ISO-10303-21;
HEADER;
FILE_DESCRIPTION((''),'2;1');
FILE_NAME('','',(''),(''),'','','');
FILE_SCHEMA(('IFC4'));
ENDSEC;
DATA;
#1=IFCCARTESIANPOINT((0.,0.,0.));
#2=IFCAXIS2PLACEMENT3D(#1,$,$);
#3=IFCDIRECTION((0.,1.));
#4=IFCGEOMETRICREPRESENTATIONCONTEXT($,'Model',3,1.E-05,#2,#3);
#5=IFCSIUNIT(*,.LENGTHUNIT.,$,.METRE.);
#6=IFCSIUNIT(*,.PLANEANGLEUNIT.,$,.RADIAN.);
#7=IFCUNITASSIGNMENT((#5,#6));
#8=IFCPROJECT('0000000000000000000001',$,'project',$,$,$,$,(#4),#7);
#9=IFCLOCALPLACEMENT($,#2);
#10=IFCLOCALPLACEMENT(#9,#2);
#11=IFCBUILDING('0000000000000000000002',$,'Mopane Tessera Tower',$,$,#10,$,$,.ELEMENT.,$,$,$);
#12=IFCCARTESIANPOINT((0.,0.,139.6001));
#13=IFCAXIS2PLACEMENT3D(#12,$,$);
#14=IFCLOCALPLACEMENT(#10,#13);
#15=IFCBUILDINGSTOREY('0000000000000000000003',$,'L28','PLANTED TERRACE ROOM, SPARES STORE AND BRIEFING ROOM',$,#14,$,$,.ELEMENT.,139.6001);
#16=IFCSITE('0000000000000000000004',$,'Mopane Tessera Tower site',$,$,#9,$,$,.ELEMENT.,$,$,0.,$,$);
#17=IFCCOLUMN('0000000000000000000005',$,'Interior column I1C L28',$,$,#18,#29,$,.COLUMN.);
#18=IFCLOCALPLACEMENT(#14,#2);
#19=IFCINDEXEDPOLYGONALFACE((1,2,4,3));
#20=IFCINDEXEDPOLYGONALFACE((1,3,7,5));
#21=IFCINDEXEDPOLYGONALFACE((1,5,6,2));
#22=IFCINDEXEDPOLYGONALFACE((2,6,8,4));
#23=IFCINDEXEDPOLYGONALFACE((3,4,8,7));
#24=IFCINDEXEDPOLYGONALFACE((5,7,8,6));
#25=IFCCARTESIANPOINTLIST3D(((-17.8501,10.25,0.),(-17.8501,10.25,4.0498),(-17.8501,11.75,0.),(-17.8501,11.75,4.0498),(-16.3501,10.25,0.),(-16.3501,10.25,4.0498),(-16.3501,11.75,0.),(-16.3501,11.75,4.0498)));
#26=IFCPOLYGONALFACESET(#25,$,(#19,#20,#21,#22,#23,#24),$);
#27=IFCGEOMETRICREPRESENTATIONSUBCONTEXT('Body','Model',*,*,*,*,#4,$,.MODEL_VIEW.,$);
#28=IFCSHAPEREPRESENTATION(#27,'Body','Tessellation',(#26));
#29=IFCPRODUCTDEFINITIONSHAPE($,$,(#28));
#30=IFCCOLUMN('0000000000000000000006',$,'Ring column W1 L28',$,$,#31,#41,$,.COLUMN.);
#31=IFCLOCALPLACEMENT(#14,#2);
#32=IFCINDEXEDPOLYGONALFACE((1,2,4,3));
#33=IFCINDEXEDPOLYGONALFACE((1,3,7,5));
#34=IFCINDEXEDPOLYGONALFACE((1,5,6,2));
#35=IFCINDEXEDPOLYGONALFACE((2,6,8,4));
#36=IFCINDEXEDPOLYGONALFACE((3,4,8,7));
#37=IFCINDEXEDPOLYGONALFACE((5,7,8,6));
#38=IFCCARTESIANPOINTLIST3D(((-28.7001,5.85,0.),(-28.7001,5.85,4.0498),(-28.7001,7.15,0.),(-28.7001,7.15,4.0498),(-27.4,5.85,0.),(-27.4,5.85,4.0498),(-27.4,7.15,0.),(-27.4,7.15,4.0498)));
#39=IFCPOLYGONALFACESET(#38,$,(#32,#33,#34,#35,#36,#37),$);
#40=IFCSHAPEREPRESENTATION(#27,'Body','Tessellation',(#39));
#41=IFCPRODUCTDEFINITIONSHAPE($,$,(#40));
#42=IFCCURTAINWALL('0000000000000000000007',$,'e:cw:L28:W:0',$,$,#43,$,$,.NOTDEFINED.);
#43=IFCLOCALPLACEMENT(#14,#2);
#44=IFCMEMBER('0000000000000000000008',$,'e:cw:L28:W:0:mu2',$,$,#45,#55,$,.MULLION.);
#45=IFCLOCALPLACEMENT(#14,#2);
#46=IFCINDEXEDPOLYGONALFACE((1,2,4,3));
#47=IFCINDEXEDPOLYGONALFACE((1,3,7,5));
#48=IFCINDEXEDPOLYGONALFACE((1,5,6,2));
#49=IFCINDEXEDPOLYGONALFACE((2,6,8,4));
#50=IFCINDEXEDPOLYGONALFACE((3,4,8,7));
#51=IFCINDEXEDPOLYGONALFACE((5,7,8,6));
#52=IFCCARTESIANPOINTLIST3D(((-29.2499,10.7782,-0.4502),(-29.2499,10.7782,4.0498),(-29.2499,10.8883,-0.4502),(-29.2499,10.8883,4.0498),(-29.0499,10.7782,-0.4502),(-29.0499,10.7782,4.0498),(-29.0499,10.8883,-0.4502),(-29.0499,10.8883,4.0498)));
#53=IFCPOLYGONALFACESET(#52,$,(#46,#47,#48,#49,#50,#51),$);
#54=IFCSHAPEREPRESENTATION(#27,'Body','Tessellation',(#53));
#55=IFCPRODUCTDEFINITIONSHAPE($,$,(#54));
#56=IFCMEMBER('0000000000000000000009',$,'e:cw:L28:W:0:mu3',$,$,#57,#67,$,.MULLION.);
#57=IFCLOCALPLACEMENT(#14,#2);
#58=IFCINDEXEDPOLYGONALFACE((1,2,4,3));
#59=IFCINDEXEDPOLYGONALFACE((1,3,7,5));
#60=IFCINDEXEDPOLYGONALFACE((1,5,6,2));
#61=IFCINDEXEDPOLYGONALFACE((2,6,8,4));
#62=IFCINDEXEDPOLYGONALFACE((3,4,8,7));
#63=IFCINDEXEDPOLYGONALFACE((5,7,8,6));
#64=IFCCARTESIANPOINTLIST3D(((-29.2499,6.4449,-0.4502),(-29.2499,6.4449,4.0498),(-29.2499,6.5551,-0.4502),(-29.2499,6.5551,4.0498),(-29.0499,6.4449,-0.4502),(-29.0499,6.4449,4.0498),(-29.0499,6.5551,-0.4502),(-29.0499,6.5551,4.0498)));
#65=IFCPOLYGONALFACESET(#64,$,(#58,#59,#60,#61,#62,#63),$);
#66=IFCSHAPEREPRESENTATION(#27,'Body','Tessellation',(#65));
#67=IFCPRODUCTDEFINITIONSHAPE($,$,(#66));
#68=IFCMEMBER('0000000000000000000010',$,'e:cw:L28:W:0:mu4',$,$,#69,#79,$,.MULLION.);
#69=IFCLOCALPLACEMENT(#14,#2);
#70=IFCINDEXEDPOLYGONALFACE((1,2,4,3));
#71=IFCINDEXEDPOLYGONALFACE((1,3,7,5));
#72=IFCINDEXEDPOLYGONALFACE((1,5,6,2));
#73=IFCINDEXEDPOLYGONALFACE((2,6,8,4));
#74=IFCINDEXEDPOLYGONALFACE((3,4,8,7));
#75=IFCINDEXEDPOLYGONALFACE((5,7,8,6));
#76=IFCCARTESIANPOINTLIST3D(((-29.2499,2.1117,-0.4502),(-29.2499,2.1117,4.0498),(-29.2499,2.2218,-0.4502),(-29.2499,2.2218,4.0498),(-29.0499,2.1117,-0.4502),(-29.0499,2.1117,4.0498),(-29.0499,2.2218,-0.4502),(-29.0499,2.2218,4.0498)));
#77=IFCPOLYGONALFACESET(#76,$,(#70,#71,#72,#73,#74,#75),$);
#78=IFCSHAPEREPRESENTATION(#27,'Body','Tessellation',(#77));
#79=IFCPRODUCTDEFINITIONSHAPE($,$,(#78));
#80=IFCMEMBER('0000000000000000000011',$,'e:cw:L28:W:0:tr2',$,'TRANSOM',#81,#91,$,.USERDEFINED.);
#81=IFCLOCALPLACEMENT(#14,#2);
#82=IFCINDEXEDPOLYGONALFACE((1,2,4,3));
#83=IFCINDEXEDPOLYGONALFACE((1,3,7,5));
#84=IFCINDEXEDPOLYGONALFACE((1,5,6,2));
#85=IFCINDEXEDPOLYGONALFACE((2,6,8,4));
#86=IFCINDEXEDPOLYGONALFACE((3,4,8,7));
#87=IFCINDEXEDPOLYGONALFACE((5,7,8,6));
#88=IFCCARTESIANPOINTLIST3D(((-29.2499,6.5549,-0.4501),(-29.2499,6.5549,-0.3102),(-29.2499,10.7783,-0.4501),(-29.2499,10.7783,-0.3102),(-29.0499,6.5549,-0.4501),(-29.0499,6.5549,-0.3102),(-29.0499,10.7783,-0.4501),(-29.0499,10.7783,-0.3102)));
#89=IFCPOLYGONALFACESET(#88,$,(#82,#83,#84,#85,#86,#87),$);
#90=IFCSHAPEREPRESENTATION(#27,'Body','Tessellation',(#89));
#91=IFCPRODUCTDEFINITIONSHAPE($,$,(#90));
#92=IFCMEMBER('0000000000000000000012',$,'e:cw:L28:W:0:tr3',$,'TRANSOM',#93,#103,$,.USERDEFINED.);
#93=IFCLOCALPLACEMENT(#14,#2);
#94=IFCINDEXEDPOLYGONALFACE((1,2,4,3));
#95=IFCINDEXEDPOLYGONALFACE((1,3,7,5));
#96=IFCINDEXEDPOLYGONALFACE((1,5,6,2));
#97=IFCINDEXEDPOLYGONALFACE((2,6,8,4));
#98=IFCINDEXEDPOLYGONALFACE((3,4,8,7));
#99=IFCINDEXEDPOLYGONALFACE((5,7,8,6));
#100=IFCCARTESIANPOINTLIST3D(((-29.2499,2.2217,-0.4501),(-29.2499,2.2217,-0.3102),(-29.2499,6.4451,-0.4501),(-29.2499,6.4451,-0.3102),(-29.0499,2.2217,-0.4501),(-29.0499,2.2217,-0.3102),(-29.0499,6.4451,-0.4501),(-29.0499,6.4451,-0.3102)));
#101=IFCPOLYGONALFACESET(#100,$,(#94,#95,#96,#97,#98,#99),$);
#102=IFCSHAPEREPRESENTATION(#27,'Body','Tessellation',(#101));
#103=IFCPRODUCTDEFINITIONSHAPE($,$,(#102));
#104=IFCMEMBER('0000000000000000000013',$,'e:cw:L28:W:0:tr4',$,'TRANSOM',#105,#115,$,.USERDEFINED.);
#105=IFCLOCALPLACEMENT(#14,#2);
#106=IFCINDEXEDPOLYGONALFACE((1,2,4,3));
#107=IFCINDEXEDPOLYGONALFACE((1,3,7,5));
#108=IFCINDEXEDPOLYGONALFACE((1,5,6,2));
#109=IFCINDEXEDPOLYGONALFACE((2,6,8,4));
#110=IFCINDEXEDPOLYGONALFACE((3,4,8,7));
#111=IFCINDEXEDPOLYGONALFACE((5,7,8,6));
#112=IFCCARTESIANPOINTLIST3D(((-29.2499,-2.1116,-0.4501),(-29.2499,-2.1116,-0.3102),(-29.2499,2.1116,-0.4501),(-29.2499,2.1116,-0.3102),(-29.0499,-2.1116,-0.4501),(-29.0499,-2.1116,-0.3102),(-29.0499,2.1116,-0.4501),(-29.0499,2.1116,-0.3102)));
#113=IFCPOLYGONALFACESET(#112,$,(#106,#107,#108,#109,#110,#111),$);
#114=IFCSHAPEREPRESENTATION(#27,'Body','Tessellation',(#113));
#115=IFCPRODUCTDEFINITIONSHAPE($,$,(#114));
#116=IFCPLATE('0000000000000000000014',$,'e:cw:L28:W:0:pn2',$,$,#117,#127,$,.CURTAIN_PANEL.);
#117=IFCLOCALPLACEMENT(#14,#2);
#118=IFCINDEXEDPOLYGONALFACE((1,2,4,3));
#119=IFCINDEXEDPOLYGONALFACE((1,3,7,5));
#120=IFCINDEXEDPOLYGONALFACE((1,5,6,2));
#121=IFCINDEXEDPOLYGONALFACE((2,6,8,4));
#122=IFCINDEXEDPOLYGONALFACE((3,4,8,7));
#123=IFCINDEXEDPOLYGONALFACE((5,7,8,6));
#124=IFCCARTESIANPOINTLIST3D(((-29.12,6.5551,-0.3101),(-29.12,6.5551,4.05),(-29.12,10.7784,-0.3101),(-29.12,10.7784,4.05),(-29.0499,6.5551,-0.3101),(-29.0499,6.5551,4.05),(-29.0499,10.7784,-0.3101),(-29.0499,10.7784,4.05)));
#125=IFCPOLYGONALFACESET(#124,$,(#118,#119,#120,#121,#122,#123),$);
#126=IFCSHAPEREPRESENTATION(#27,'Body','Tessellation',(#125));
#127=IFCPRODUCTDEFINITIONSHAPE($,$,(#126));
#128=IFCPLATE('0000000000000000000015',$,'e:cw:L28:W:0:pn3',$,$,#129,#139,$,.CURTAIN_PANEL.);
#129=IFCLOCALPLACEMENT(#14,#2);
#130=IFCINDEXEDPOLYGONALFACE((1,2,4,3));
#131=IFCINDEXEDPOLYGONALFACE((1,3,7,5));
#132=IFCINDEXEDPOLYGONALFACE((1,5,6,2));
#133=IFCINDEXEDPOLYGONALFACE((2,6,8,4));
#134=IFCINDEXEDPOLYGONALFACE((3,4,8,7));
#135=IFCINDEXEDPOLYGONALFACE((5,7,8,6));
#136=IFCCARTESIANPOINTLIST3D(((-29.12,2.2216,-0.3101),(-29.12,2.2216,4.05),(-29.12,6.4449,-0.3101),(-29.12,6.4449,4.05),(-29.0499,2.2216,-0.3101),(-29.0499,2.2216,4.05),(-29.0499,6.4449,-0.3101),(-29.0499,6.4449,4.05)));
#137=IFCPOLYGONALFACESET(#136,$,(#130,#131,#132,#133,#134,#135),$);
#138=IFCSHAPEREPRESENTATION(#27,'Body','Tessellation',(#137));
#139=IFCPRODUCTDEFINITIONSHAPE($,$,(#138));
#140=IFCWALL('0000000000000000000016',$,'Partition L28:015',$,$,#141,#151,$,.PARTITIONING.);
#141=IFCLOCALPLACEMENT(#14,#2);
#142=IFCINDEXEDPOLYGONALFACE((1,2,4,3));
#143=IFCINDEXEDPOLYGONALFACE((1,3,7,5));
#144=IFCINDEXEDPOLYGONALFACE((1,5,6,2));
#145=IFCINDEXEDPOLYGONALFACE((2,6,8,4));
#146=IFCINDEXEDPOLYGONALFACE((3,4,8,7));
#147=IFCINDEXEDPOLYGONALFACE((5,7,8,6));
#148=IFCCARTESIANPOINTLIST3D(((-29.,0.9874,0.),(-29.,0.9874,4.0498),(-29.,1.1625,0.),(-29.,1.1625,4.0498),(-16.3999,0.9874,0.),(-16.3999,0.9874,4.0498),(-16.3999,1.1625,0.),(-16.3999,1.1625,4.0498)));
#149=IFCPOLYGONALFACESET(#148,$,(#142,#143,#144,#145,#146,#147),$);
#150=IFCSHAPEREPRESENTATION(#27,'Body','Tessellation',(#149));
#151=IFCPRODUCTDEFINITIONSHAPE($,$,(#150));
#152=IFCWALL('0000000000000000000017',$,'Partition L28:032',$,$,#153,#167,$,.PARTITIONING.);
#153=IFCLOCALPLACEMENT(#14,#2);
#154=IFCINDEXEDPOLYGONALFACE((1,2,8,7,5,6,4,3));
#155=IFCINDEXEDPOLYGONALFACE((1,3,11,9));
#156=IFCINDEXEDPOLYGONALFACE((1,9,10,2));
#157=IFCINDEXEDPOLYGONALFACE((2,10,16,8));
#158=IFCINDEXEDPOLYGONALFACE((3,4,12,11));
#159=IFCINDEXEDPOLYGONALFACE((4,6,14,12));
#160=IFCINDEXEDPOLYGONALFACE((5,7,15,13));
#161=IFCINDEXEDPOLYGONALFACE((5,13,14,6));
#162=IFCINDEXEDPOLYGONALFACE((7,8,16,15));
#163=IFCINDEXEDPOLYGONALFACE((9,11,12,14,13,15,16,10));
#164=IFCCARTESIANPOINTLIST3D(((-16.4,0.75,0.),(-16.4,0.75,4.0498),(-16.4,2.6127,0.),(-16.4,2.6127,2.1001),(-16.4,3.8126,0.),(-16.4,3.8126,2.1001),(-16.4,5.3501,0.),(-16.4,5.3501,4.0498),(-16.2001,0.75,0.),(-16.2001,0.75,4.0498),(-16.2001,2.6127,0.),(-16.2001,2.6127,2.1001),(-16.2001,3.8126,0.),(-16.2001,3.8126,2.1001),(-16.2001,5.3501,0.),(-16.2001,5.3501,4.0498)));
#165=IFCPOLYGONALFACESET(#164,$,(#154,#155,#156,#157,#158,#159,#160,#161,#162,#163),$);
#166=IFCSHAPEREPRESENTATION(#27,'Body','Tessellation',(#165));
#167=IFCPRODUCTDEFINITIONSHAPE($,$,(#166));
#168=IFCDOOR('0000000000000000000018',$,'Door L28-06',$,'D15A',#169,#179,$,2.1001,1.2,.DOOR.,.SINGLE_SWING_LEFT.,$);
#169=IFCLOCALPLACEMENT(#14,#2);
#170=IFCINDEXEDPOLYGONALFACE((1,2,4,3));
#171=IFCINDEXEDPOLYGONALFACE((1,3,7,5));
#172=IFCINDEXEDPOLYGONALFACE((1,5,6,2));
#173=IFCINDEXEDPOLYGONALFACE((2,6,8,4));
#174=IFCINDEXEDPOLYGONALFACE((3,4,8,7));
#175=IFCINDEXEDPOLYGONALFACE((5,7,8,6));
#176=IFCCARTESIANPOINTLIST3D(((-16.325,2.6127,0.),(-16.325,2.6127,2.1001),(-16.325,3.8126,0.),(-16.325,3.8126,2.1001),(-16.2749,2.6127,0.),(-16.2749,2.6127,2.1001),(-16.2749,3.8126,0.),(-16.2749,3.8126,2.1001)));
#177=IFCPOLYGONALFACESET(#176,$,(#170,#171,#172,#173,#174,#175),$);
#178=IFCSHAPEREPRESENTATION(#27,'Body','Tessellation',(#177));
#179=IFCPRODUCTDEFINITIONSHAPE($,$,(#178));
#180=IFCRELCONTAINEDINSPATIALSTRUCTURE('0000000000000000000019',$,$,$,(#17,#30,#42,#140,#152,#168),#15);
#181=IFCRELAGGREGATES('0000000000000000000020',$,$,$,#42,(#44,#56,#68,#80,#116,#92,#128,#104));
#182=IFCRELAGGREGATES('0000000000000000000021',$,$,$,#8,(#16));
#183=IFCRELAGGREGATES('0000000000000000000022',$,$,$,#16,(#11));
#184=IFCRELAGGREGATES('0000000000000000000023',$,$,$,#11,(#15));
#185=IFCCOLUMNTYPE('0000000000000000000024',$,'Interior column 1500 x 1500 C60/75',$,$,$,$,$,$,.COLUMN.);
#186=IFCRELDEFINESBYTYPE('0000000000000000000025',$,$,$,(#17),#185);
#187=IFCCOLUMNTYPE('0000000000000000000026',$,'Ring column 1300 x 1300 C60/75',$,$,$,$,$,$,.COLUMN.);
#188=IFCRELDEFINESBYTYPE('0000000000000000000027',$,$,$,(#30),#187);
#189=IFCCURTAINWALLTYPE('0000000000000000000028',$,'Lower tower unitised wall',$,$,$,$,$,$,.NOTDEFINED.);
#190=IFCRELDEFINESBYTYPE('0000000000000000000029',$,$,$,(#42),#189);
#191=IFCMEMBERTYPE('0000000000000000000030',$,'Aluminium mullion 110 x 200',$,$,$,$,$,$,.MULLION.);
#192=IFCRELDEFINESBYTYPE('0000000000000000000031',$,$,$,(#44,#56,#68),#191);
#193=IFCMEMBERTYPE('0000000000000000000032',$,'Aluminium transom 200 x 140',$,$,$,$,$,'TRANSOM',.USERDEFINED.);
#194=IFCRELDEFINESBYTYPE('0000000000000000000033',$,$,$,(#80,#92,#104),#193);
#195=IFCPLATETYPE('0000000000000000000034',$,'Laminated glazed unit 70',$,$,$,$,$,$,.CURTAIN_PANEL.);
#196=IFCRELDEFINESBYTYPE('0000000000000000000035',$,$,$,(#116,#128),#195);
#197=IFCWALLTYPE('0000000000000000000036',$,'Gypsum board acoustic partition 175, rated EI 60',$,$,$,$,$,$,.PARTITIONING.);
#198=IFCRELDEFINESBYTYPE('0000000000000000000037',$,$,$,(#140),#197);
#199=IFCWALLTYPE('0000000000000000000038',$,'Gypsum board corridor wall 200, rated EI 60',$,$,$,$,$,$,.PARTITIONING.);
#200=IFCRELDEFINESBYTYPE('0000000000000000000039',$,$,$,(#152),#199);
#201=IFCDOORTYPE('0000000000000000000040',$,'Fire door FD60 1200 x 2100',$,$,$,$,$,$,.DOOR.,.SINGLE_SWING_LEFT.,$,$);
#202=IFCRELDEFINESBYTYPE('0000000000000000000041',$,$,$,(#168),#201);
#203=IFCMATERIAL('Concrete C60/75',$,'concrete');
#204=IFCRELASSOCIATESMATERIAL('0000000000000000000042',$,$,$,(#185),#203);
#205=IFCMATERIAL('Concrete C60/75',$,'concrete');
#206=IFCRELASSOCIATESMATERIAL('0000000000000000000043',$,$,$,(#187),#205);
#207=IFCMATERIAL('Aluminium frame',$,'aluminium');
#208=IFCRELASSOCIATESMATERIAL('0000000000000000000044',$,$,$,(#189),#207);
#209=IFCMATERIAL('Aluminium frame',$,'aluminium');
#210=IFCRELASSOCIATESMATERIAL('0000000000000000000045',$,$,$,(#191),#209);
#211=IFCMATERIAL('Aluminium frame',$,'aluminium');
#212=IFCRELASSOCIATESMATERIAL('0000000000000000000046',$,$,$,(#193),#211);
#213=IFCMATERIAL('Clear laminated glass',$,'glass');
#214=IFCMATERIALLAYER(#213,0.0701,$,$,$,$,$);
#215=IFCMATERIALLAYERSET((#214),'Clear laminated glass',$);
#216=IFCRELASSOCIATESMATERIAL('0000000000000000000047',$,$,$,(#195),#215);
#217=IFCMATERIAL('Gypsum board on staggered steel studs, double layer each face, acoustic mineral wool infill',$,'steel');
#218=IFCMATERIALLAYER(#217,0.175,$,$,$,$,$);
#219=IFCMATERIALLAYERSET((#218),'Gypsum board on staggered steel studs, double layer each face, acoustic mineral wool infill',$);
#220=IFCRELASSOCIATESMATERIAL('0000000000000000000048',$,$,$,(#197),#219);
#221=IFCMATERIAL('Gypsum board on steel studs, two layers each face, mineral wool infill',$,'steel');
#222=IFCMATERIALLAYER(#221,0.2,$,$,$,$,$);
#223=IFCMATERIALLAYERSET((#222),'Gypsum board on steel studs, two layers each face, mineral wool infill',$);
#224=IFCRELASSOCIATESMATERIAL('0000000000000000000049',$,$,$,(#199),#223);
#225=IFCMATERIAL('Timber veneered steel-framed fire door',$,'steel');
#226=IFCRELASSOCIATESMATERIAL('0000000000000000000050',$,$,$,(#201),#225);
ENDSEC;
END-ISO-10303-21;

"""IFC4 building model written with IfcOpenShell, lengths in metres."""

from ifc_helpers import new_model, si_unit, direction, frame, frame_2d, origin, origin_2d, place, context, subcontext, project, spatial, rectangle, extrude, material, layer, layer_set, material_profile, profile_set, type_object, element, fill, aggregate, save


model = new_model("IFC4")

# Units and contexts
model_context = context("Model", 3, precision=1e-05, world=origin(), true_north=direction((0.0, 1.0)))
body_context = subcontext(model_context, "Body", "Model", "MODEL_VIEW")
ifc_project = project(units=[si_unit("LENGTHUNIT", "METRE"), si_unit("PLANEANGLEUNIT", "RADIAN")], contexts=[model_context])

# Site, building, storey
site_placement = place(None, origin())
site = spatial("IfcSite", under=ifc_project, at=site_placement, Name="Mopane Tessera Tower site", CompositionType="ELEMENT", RefElevation=0.0)
building_placement = place(site_placement, origin())
building = spatial("IfcBuilding", under=site, at=building_placement, Name="Mopane Tessera Tower", CompositionType="ELEMENT")
storey_placement = place(building_placement, frame((0.0, 0.0, 139.6001)))
storey = spatial("IfcBuildingStorey", under=building, at=storey_placement, Name="L28", Description="PLANTED TERRACE ROOM, SPARES STORE AND BRIEFING ROOM", CompositionType="ELEMENT", Elevation=139.6001)

# Columns
ifc_material_1 = material(Name="Concrete C60/75", Category="concrete")
ifc_material_profile_1 = material_profile(ifc_material_1, rectangle(XDim=1.5, YDim=1.5, at=origin_2d()))
ifc_profile_set_1 = profile_set([ifc_material_profile_1], Name="Concrete C60/75")
column_type_1 = type_object("IfcColumnType", Name="Interior column 1500 x 1500 C60/75", PredefinedType="COLUMN", material=ifc_profile_set_1)
column_1_placement = place(storey_placement, frame((-17.1001, 11.0, 0.0), z_axis=(0.0, 0.0, 1.0), x_axis=(1.0, 0.0, 0.0)))
element("IfcColumn", 1, at=column_1_placement, inside=storey, type_object=column_type_1, Name="Interior column I1C L28", PredefinedType="COLUMN", context=body_context, shape_type="SweptSolid", body=[
    extrude(rectangle(XDim=1.5, YDim=1.5, at=origin_2d()), origin(), (0.0, 0.0, 1.0), 4.0498),
])
ifc_material_2 = material(Name="Concrete C60/75", Category="concrete")
ifc_material_profile_2 = material_profile(ifc_material_2, rectangle(XDim=1.3, YDim=1.3, at=origin_2d()))
ifc_profile_set_2 = profile_set([ifc_material_profile_2], Name="Concrete C60/75")
column_type_2 = type_object("IfcColumnType", Name="Ring column 1300 x 1300 C60/75", PredefinedType="COLUMN", material=ifc_profile_set_2)
column_2_placement = place(storey_placement, frame((-28.05, 6.5, 0.0), z_axis=(0.0, 0.0, 1.0), x_axis=(1.0, 0.0, 0.0)))
element("IfcColumn", 2, at=column_2_placement, inside=storey, type_object=column_type_2, Name="Ring column W1 L28", PredefinedType="COLUMN", context=body_context, shape_type="SweptSolid", body=[
    extrude(rectangle(XDim=1.3, YDim=1.3, at=origin_2d()), origin(), (0.0, 0.0, 1.0), 4.0498),
])

# Curtain wall, members, plates
ifc_material_3 = material(Name="Aluminium frame", Category="aluminium")
curtain_wall_type = type_object("IfcCurtainWallType", Name="Lower tower unitised wall", PredefinedType="NOTDEFINED", material=ifc_material_3)
curtain_wall_placement = place(storey_placement, origin())
curtain_wall = element("IfcCurtainWall", 3, at=curtain_wall_placement, inside=storey, type_object=curtain_wall_type, Name="e:cw:L28:W:0", PredefinedType="NOTDEFINED")
ifc_material_4 = material(Name="Aluminium frame", Category="aluminium")
ifc_material_profile_3 = material_profile(ifc_material_4, rectangle(XDim=0.1101, YDim=0.2, at=origin_2d()))
ifc_profile_set_3 = profile_set([ifc_material_profile_3], Name="Aluminium frame")
member_type_1 = type_object("IfcMemberType", Name="Aluminium mullion 110 x 200", PredefinedType="MULLION", material=ifc_profile_set_3)
member_1_placement = place(storey_placement, frame((-29.1499, 10.8333, -0.4502), z_axis=(0.0, 0.0, 1.0), x_axis=(0.0, -1.0, 0.0)))
member_1 = element("IfcMember", 4, at=member_1_placement, type_object=member_type_1, Name="e:cw:L28:W:0:mu2", PredefinedType="MULLION", context=body_context, shape_type="SweptSolid", body=[
    extrude(rectangle(XDim=0.1101, YDim=0.2, at=origin_2d()), origin(), (0.0, 0.0, 1.0), 4.5),
])
member_2_placement = place(storey_placement, frame((-29.1499, 6.5, -0.4502), z_axis=(0.0, 0.0, 1.0), x_axis=(0.0, -1.0, 0.0)))
member_2 = element("IfcMember", 5, at=member_2_placement, type_object=member_type_1, Name="e:cw:L28:W:0:mu3", PredefinedType="MULLION", context=body_context, shape_type="SweptSolid", body=[
    extrude(rectangle(XDim=0.1101, YDim=0.2, at=origin_2d()), origin(), (0.0, 0.0, 1.0), 4.5),
])
member_3_placement = place(storey_placement, frame((-29.1499, 2.1667, -0.4502), z_axis=(0.0, 0.0, 1.0), x_axis=(0.0, -1.0, 0.0)))
member_3 = element("IfcMember", 6, at=member_3_placement, type_object=member_type_1, Name="e:cw:L28:W:0:mu4", PredefinedType="MULLION", context=body_context, shape_type="SweptSolid", body=[
    extrude(rectangle(XDim=0.1101, YDim=0.2, at=origin_2d()), origin(), (0.0, 0.0, 1.0), 4.5),
])
ifc_material_5 = material(Name="Aluminium frame", Category="aluminium")
ifc_material_profile_4 = material_profile(ifc_material_5, rectangle(XDim=0.2, YDim=0.1399, at=origin_2d()))
ifc_profile_set_4 = profile_set([ifc_material_profile_4], Name="Aluminium frame")
member_type_2 = type_object("IfcMemberType", Name="Aluminium transom 200 x 140", ElementType="TRANSOM", PredefinedType="USERDEFINED", material=ifc_profile_set_4)
member_4_placement = place(storey_placement, frame((-29.1499, 10.7783, -0.3801), z_axis=(0.0, -1.0, 0.0), x_axis=(1.0, 0.0, 0.0)))
member_4 = element("IfcMember", 7, at=member_4_placement, type_object=member_type_2, Name="e:cw:L28:W:0:tr2", ObjectType="TRANSOM", PredefinedType="USERDEFINED", context=body_context, shape_type="SweptSolid", body=[
    extrude(rectangle(XDim=0.2, YDim=0.1399, at=origin_2d()), origin(), (0.0, 0.0, 1.0), 4.2234),
])
member_5_placement = place(storey_placement, frame((-29.1499, 6.4451, -0.3801), z_axis=(0.0, -1.0, 0.0), x_axis=(1.0, 0.0, 0.0)))
member_5 = element("IfcMember", 8, at=member_5_placement, type_object=member_type_2, Name="e:cw:L28:W:0:tr3", ObjectType="TRANSOM", PredefinedType="USERDEFINED", context=body_context, shape_type="SweptSolid", body=[
    extrude(rectangle(XDim=0.2, YDim=0.1399, at=origin_2d()), origin(), (0.0, 0.0, 1.0), 4.2234),
])
member_6_placement = place(storey_placement, frame((-29.1499, 2.1116, -0.3801), z_axis=(0.0, -1.0, 0.0), x_axis=(1.0, 0.0, 0.0)))
member_6 = element("IfcMember", 9, at=member_6_placement, type_object=member_type_2, Name="e:cw:L28:W:0:tr4", ObjectType="TRANSOM", PredefinedType="USERDEFINED", context=body_context, shape_type="SweptSolid", body=[
    extrude(rectangle(XDim=0.2, YDim=0.1399, at=origin_2d()), origin(), (0.0, 0.0, 1.0), 4.2231),
])
ifc_material_6 = material(Name="Clear laminated glass", Category="glass")
ifc_layer_1 = layer(ifc_material_6, 0.0701)
ifc_layer_set_1 = layer_set([ifc_layer_1], Name="Clear laminated glass")
plate_type = type_object("IfcPlateType", Name="Laminated glazed unit 70", PredefinedType="CURTAIN_PANEL", material=ifc_layer_set_1)
plate_1_placement = place(storey_placement, frame((-29.085, 8.6667, -0.3101), z_axis=(0.0, 0.0, 1.0), x_axis=(0.0, -1.0, 0.0)))
plate_1 = element("IfcPlate", 10, at=plate_1_placement, type_object=plate_type, Name="e:cw:L28:W:0:pn2", PredefinedType="CURTAIN_PANEL", context=body_context, shape_type="SweptSolid", body=[
    extrude(rectangle(XDim=4.2234, YDim=0.0701, at=origin_2d()), origin(), (0.0, 0.0, 1.0), 4.3601),
])
plate_2_placement = place(storey_placement, frame((-29.085, 4.3333, -0.3101), z_axis=(0.0, 0.0, 1.0), x_axis=(0.0, -1.0, 0.0)))
plate_2 = element("IfcPlate", 11, at=plate_2_placement, type_object=plate_type, Name="e:cw:L28:W:0:pn3", PredefinedType="CURTAIN_PANEL", context=body_context, shape_type="SweptSolid", body=[
    extrude(rectangle(XDim=4.2234, YDim=0.0701, at=origin_2d()), origin(), (0.0, 0.0, 1.0), 4.3601),
])
aggregate(curtain_wall, [member_1, member_2, member_3, member_4, plate_1, member_5, plate_2, member_6])

# Wall
ifc_material_7 = material(Name="Gypsum board on staggered steel studs, double layer each face, acoustic mineral wool infill", Category="steel")
ifc_layer_2 = layer(ifc_material_7, 0.175)
ifc_layer_set_2 = layer_set([ifc_layer_2], Name="Gypsum board on staggered steel studs, double layer each face, acoustic mineral wool infill")
wall_type_1 = type_object("IfcWallType", Name="Gypsum board acoustic partition 175, rated EI 60", PredefinedType="PARTITIONING", material=ifc_layer_set_2)
wall_1_placement = place(storey_placement, frame((-29.0, 1.075, 0.0), z_axis=(0.0, 0.0, 1.0), x_axis=(1.0, 0.0, 0.0)))
element("IfcWall", 12, at=wall_1_placement, inside=storey, type_object=wall_type_1, Name="Partition L28:015", PredefinedType="PARTITIONING", context=body_context, shape_type="SweptSolid", body=[
    extrude(rectangle(XDim=12.6001, YDim=0.175, at=frame_2d((6.3, 0.0))), origin(), (0.0, 0.0, 1.0), 4.0498),
])

# Wall, opening, door
ifc_material_8 = material(Name="Gypsum board on steel studs, two layers each face, mineral wool infill", Category="steel")
ifc_layer_3 = layer(ifc_material_8, 0.2)
ifc_layer_set_3 = layer_set([ifc_layer_3], Name="Gypsum board on steel studs, two layers each face, mineral wool infill")
wall_type_2 = type_object("IfcWallType", Name="Gypsum board corridor wall 200, rated EI 60", PredefinedType="PARTITIONING", material=ifc_layer_set_3)
wall_2_placement = place(storey_placement, frame((-16.3, 0.75, 0.0), z_axis=(0.0, 0.0, 1.0), x_axis=(0.0, 1.0, 0.0)))
wall_2 = element("IfcWall", 13, at=wall_2_placement, inside=storey, type_object=wall_type_2, Name="Partition L28:032", PredefinedType="PARTITIONING", context=body_context, shape_type="SweptSolid", body=[
    extrude(rectangle(XDim=4.6001, YDim=0.2, at=frame_2d((2.3, 0.0))), origin(), (0.0, 0.0, 1.0), 4.0498),
])
opening_1_placement = place(wall_2_placement, frame((1.8625, 0.0, 0.0)))
opening_1 = element("IfcOpeningElement", 14, at=opening_1_placement, cuts=wall_2, PredefinedType="OPENING", context=body_context, shape_type="SweptSolid", body=[
    extrude(rectangle(XDim=1.2, YDim=2.1001, at=frame_2d((0.6001, 1.05))), frame((0.0, 0.1121, 0.0), z_axis=(0.0, -1.0, 0.0), x_axis=(1.0, 0.0, 0.0)), (0.0, 0.0, 1.0), 0.2239),
])
ifc_material_9 = material(Name="Timber veneered steel-framed fire door", Category="steel")
door_type_1 = type_object("IfcDoorType", Name="Fire door FD60 1200 x 2100", OperationType="SINGLE_SWING_LEFT", PredefinedType="DOOR", material=ifc_material_9)
door_1_placement = place(opening_1_placement, origin())
door_1 = element("IfcDoor", 15, at=door_1_placement, inside=storey, type_object=door_type_1, Name="Door L28-06", ObjectType="D15A", OperationType="SINGLE_SWING_LEFT", OverallHeight=2.1001, OverallWidth=1.2, PredefinedType="DOOR", context=body_context, shape_type="SweptSolid", body=[
    extrude(rectangle(XDim=1.2, YDim=2.1001, at=frame_2d((0.6001, 1.05))), frame((0.0, 0.0249, 0.0), z_axis=(0.0, -1.0, 0.0), x_axis=(1.0, 0.0, 0.0)), (0.0, 0.0, 1.0), 0.05),
])
fill(opening_1, door_1)

save(model, "model.ifc")
